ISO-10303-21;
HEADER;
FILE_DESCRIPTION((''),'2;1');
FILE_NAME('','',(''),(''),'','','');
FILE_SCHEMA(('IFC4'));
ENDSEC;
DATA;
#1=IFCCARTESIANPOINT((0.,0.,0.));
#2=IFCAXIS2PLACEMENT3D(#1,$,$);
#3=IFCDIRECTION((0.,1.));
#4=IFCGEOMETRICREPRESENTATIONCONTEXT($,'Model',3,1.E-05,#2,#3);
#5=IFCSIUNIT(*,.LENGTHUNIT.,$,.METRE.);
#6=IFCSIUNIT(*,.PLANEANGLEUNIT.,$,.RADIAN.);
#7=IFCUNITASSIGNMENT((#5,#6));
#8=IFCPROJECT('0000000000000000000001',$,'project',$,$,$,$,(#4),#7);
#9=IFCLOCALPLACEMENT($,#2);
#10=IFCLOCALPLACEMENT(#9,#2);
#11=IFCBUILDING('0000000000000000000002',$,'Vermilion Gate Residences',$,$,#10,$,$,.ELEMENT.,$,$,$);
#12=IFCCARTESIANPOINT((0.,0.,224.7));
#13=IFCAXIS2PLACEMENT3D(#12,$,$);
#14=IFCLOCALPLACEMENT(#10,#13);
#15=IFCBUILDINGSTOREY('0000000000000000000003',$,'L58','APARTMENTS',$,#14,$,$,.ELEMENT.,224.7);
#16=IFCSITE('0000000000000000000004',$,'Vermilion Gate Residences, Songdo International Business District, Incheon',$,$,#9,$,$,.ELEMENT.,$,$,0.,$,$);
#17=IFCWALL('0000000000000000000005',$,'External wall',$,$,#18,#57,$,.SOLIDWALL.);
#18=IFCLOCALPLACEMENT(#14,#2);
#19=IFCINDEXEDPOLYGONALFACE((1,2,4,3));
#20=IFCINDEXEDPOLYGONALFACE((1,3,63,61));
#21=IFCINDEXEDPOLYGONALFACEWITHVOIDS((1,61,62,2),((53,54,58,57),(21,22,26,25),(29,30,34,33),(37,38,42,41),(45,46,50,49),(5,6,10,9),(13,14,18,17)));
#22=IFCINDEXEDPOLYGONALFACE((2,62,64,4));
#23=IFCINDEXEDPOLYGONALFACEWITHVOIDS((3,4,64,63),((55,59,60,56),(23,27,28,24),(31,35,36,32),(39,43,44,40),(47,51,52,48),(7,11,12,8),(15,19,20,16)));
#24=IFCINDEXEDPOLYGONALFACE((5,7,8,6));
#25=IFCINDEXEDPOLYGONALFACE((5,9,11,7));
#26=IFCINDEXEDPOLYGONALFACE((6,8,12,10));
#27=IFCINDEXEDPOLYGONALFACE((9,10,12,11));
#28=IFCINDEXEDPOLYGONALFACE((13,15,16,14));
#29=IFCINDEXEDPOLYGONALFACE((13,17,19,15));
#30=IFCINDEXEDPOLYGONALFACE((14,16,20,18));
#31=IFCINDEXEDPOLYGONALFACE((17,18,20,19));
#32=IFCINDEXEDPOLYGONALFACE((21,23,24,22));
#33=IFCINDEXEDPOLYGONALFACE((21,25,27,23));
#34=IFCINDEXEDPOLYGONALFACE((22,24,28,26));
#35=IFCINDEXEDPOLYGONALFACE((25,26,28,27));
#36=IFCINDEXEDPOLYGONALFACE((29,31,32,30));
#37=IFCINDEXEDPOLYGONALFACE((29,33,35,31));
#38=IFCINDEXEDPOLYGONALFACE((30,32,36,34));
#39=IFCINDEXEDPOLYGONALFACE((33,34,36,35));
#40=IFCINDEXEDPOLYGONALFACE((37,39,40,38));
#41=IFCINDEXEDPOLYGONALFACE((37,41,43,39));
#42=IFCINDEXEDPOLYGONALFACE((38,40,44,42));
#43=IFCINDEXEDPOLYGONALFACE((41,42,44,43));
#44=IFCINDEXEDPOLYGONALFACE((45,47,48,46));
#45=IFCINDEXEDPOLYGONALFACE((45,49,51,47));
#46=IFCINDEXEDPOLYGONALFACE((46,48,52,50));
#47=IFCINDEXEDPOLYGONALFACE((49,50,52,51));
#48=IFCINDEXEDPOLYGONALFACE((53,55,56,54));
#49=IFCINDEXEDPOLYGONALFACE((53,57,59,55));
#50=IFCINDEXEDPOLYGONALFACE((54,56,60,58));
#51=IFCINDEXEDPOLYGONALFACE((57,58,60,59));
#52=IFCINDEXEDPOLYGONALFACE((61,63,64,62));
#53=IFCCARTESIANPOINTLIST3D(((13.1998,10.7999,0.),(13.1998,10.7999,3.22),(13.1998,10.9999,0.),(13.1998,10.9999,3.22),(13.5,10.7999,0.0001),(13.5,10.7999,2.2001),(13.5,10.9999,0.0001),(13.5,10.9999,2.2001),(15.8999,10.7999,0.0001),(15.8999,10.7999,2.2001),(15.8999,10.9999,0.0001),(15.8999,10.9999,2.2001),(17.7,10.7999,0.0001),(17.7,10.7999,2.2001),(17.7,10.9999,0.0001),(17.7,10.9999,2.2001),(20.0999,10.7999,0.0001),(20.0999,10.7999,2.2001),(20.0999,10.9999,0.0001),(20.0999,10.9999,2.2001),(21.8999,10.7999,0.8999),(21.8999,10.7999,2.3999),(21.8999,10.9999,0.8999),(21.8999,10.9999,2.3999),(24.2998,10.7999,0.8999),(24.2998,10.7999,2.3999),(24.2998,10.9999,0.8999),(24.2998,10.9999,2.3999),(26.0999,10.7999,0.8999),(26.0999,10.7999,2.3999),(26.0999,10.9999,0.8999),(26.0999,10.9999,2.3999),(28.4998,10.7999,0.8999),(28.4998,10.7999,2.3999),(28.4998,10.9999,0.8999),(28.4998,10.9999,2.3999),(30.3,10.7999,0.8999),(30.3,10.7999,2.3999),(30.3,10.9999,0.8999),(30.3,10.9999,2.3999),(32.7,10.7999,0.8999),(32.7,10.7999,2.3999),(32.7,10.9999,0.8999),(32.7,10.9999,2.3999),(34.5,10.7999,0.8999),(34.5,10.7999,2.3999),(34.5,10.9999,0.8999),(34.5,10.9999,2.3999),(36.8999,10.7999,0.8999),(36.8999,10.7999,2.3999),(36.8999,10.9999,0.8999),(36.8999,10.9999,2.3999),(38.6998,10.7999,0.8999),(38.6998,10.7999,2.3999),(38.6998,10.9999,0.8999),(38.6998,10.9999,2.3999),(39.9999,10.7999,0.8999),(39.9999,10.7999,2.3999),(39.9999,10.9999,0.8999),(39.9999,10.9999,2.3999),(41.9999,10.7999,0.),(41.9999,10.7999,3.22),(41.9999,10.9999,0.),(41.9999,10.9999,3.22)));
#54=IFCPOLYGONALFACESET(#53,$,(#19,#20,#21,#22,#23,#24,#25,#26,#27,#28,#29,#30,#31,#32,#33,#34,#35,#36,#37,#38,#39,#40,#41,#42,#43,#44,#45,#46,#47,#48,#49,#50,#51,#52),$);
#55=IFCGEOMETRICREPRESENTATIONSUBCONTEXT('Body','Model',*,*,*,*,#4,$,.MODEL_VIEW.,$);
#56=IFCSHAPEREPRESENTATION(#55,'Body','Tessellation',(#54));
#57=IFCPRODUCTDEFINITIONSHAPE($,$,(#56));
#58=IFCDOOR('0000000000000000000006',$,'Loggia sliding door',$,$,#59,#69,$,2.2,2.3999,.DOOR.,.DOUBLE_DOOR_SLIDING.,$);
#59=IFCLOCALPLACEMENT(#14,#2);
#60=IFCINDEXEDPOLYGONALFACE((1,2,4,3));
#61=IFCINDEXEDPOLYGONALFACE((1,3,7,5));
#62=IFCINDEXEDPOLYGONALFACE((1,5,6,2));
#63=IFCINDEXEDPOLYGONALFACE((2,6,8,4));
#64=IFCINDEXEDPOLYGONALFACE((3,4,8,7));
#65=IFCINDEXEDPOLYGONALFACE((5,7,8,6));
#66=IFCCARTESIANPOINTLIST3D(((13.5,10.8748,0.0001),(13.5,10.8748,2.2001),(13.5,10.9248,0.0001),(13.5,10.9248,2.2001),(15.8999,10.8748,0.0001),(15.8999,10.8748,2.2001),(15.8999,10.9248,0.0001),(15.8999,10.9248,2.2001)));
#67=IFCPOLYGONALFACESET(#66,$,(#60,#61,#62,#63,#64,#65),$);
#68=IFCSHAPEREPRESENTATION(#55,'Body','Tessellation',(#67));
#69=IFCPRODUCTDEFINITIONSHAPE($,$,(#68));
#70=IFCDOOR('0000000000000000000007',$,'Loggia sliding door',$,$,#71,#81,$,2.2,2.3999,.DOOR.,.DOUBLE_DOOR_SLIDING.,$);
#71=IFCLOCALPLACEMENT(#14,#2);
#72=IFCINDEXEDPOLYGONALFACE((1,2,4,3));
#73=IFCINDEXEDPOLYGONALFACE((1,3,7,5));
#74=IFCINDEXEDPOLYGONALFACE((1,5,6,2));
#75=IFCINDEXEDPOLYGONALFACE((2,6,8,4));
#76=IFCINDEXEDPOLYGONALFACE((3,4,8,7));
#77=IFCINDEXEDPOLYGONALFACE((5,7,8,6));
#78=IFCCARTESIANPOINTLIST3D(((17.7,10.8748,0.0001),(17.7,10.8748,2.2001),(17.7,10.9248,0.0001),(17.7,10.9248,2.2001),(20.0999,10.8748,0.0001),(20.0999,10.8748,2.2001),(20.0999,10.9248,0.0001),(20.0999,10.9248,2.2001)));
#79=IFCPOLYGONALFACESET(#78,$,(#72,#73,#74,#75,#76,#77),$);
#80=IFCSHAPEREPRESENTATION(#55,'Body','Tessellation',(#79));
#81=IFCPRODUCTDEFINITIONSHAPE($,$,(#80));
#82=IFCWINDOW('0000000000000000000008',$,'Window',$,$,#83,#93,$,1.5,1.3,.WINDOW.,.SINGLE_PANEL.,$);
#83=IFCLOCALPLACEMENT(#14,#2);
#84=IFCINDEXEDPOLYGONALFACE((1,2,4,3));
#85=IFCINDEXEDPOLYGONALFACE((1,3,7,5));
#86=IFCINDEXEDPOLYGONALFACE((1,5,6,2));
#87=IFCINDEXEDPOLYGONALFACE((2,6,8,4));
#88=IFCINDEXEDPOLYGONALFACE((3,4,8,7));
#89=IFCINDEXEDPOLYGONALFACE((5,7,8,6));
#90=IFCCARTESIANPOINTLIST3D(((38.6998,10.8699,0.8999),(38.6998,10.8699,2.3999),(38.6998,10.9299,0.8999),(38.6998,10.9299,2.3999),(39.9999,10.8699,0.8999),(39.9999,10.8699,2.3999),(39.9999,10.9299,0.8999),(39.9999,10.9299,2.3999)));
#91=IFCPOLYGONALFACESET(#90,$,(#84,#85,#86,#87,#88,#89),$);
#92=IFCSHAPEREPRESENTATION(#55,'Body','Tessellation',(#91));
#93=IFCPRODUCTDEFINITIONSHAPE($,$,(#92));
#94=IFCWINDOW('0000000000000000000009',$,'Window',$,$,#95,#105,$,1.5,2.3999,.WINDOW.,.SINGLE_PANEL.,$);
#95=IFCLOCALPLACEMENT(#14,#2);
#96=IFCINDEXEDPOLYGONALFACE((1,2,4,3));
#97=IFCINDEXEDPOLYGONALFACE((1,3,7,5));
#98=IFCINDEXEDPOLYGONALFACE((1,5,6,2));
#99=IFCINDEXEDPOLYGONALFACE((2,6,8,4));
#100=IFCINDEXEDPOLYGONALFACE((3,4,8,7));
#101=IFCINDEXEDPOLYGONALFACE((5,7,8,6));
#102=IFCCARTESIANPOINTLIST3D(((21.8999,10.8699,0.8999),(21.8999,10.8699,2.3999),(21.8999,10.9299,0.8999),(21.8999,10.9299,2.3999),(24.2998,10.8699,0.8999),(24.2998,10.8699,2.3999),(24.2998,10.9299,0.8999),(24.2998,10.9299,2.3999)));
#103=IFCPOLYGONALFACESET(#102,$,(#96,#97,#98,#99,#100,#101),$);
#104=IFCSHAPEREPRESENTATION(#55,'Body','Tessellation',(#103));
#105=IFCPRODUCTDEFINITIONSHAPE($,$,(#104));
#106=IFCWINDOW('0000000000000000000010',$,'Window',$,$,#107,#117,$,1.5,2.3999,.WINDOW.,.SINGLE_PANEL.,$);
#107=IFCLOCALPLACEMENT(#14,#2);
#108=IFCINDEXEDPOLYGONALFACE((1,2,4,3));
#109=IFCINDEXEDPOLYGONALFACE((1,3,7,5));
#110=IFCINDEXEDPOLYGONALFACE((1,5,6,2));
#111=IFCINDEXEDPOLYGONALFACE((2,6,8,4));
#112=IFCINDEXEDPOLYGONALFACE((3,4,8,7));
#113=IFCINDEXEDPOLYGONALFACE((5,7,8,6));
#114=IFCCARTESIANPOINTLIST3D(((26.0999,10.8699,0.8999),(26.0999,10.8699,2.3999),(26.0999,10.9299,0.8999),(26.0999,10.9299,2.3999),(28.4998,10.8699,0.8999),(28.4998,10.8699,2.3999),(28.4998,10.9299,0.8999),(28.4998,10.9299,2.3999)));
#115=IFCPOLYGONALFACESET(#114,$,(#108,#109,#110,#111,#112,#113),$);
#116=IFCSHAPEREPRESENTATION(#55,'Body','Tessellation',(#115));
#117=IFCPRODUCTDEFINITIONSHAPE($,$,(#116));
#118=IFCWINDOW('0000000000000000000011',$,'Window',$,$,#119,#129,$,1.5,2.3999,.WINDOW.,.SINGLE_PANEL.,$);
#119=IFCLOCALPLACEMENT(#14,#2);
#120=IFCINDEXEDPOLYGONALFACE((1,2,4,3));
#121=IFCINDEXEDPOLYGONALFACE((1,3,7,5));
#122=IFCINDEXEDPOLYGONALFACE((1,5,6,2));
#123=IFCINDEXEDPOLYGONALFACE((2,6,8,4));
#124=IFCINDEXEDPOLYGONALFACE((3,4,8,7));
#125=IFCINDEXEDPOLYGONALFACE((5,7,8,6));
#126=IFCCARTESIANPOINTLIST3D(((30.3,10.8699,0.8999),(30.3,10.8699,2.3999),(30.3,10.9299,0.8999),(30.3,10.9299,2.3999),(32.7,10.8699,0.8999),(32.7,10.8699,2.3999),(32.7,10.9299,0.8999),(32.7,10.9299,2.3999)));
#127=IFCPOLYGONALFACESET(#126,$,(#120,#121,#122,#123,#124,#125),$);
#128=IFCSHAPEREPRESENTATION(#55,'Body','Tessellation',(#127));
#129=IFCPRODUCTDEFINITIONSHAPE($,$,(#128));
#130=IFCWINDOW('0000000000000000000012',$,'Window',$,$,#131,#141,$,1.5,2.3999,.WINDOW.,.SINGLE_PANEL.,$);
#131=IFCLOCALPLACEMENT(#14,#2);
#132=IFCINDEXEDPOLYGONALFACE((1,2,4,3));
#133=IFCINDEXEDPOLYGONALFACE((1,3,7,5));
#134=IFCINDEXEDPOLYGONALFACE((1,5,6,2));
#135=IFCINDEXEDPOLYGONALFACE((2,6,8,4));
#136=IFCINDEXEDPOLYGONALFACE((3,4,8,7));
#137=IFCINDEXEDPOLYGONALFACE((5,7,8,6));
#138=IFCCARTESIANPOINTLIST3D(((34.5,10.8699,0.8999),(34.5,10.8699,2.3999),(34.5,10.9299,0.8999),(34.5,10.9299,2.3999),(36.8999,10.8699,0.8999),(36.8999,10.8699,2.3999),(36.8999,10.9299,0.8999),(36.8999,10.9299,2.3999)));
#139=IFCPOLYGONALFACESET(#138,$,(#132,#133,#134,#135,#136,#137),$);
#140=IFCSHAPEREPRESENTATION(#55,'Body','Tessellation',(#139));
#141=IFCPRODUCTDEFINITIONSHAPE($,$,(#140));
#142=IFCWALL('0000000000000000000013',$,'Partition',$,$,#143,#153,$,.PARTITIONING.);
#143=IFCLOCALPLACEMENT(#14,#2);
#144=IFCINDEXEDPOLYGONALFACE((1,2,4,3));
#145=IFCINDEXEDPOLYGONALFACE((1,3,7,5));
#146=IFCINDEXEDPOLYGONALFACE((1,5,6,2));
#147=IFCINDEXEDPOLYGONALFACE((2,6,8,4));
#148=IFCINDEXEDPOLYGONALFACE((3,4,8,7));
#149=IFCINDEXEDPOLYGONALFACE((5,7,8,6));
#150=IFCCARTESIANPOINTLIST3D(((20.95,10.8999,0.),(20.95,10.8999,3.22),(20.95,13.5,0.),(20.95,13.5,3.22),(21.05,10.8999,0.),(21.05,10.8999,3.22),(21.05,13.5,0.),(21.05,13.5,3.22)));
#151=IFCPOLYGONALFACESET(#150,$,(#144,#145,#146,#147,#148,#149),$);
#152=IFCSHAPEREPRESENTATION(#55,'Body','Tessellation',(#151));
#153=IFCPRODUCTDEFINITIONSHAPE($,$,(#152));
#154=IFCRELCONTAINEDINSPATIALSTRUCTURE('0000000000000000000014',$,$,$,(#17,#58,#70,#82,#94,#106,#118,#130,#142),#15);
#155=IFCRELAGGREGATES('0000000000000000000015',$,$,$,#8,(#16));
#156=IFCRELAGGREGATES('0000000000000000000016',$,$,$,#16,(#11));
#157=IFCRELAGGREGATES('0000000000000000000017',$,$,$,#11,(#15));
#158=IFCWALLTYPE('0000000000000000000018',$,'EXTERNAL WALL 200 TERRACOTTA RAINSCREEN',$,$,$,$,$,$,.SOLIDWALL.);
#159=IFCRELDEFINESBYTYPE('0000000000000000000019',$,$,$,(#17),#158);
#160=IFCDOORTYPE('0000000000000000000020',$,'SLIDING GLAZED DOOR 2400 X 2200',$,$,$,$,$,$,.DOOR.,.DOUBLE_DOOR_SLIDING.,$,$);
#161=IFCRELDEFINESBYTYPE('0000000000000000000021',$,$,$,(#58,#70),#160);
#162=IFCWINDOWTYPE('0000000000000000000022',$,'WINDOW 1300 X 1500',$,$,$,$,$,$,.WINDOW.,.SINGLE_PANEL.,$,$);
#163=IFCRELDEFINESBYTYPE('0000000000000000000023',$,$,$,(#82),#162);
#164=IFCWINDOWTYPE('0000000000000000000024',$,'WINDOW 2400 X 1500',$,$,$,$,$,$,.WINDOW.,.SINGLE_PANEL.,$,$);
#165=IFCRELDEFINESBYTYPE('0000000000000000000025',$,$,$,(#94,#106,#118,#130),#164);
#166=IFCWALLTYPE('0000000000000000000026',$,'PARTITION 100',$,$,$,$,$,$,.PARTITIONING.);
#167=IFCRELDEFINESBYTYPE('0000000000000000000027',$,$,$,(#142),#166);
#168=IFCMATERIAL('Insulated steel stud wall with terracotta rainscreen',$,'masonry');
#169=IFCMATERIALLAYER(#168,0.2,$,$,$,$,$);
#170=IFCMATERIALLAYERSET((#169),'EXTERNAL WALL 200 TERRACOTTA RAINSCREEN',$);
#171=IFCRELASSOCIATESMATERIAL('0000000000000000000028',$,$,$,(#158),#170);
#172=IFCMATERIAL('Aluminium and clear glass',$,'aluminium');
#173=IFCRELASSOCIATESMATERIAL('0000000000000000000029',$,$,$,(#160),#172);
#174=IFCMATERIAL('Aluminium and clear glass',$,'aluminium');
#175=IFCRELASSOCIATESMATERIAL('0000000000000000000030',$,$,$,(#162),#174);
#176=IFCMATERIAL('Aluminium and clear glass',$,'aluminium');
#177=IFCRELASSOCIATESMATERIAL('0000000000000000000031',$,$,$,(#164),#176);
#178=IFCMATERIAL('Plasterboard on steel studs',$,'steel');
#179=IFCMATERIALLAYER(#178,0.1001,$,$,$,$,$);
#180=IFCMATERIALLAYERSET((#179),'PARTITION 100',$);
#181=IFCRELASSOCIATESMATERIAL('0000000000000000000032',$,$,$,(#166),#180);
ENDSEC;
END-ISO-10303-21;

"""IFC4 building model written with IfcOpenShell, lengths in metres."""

from ifc_helpers import new_model, si_unit, direction, frame, frame_2d, origin, place, context, subcontext, project, spatial, rectangle, extrude, material, layer, layer_set, type_object, element, fill, save


model = new_model("IFC4")

# Units and contexts
model_context = context("Model", 3, precision=1e-05, world=origin(), true_north=direction((0.0, 1.0)))
body_context = subcontext(model_context, "Body", "Model", "MODEL_VIEW")
ifc_project = project(units=[si_unit("LENGTHUNIT", "METRE"), si_unit("PLANEANGLEUNIT", "RADIAN")], contexts=[model_context])

# Site, building, storey
site_placement = place(None, origin())
site = spatial("IfcSite", under=ifc_project, at=site_placement, Name="Vermilion Gate Residences, Songdo International Business District, Incheon", CompositionType="ELEMENT", RefElevation=0.0)
building_placement = place(site_placement, origin())
building = spatial("IfcBuilding", under=site, at=building_placement, Name="Vermilion Gate Residences", CompositionType="ELEMENT")
storey_placement = place(building_placement, frame((0.0, 0.0, 224.7)))
storey = spatial("IfcBuildingStorey", under=building, at=storey_placement, Name="L58", Description="APARTMENTS", CompositionType="ELEMENT", Elevation=224.7)

# Shared definitions
ifc_material_1 = material(Name="Insulated steel stud wall with terracotta rainscreen", Category="masonry")
ifc_layer_1 = layer(ifc_material_1, 0.2)
ifc_layer_set_1 = layer_set([ifc_layer_1], Name="EXTERNAL WALL 200 TERRACOTTA RAINSCREEN")
wall_type_1 = type_object("IfcWallType", Name="EXTERNAL WALL 200 TERRACOTTA RAINSCREEN", PredefinedType="SOLIDWALL", material=ifc_layer_set_1)

# Wall, openings, doors, windows
wall_1_placement = place(storey_placement, frame((13.2, 10.8999, 0.0), z_axis=(0.0, 0.0, 1.0), x_axis=(1.0, 0.0, 0.0)))
wall_1 = element("IfcWall", 1, at=wall_1_placement, inside=storey, type_object=wall_type_1, Name="External wall", PredefinedType="SOLIDWALL", context=body_context, shape_type="SweptSolid", body=[
    extrude(rectangle(XDim=28.8, YDim=0.2, at=frame_2d((14.3999, 0.0))), origin(), (0.0, 0.0, 1.0), 3.22),
])
opening_1_placement = place(wall_1_placement, frame((0.3, 0.0, 0.0)))
opening_1 = element("IfcOpeningElement", 2, at=opening_1_placement, cuts=wall_1, PredefinedType="OPENING", context=body_context, shape_type="SweptSolid", body=[
    extrude(rectangle(XDim=2.3999, YDim=2.2, at=frame_2d((1.2, 1.1001))), frame((0.0, 0.1099, 0.0), z_axis=(0.0, -1.0, 0.0), x_axis=(1.0, 0.0, 0.0)), (0.0, 0.0, 1.0), 0.22),
])
opening_2_placement = place(wall_1_placement, frame((4.5, 0.0, 0.0)))
opening_2 = element("IfcOpeningElement", 3, at=opening_2_placement, cuts=wall_1, PredefinedType="OPENING", context=body_context, shape_type="SweptSolid", body=[
    extrude(rectangle(XDim=2.3999, YDim=2.2, at=frame_2d((1.2, 1.1001))), frame((0.0, 0.1099, 0.0), z_axis=(0.0, -1.0, 0.0), x_axis=(1.0, 0.0, 0.0)), (0.0, 0.0, 1.0), 0.22),
])
opening_3_placement = place(wall_1_placement, frame((8.7, 0.0, 0.8999)))
opening_3 = element("IfcOpeningElement", 4, at=opening_3_placement, cuts=wall_1, PredefinedType="OPENING", context=body_context, shape_type="SweptSolid", body=[
    extrude(rectangle(XDim=2.3999, YDim=1.5, at=frame_2d((1.2, 0.75))), frame((0.0, 0.1099, 0.0), z_axis=(0.0, -1.0, 0.0), x_axis=(1.0, 0.0, 0.0)), (0.0, 0.0, 1.0), 0.22),
])
opening_4_placement = place(wall_1_placement, frame((12.8999, 0.0, 0.8999)))
opening_4 = element("IfcOpeningElement", 5, at=opening_4_placement, cuts=wall_1, PredefinedType="OPENING", context=body_context, shape_type="SweptSolid", body=[
    extrude(rectangle(XDim=2.3999, YDim=1.5, at=frame_2d((1.2, 0.75))), frame((0.0, 0.1099, 0.0), z_axis=(0.0, -1.0, 0.0), x_axis=(1.0, 0.0, 0.0)), (0.0, 0.0, 1.0), 0.22),
])
opening_5_placement = place(wall_1_placement, frame((17.1001, 0.0, 0.8999)))
opening_5 = element("IfcOpeningElement", 6, at=opening_5_placement, cuts=wall_1, PredefinedType="OPENING", context=body_context, shape_type="SweptSolid", body=[
    extrude(rectangle(XDim=2.3999, YDim=1.5, at=frame_2d((1.2, 0.75))), frame((0.0, 0.1099, 0.0), z_axis=(0.0, -1.0, 0.0), x_axis=(1.0, 0.0, 0.0)), (0.0, 0.0, 1.0), 0.22),
])
opening_6_placement = place(wall_1_placement, frame((21.3, 0.0, 0.8999)))
opening_6 = element("IfcOpeningElement", 7, at=opening_6_placement, cuts=wall_1, PredefinedType="OPENING", context=body_context, shape_type="SweptSolid", body=[
    extrude(rectangle(XDim=2.3999, YDim=1.5, at=frame_2d((1.2, 0.75))), frame((0.0, 0.1099, 0.0), z_axis=(0.0, -1.0, 0.0), x_axis=(1.0, 0.0, 0.0)), (0.0, 0.0, 1.0), 0.22),
])
opening_7_placement = place(wall_1_placement, frame((25.5, 0.0, 0.8999)))
opening_7 = element("IfcOpeningElement", 8, at=opening_7_placement, cuts=wall_1, PredefinedType="OPENING", context=body_context, shape_type="SweptSolid", body=[
    extrude(rectangle(XDim=1.3, YDim=1.5, at=frame_2d((0.6499, 0.75))), frame((0.0, 0.1099, 0.0), z_axis=(0.0, -1.0, 0.0), x_axis=(1.0, 0.0, 0.0)), (0.0, 0.0, 1.0), 0.22),
])
ifc_material_2 = material(Name="Aluminium and clear glass", Category="aluminium")
door_type_1 = type_object("IfcDoorType", Name="SLIDING GLAZED DOOR 2400 X 2200", OperationType="DOUBLE_DOOR_SLIDING", PredefinedType="DOOR", material=ifc_material_2)
door_1_placement = place(opening_1_placement, origin())
door_1 = element("IfcDoor", 9, at=door_1_placement, inside=storey, type_object=door_type_1, Name="Loggia sliding door", OperationType="DOUBLE_DOOR_SLIDING", OverallHeight=2.2, OverallWidth=2.3999, PredefinedType="DOOR", context=body_context, shape_type="SweptSolid", body=[
    extrude(rectangle(XDim=2.3999, YDim=2.2, at=frame_2d((1.2, 1.1001))), frame((0.0, 0.0249, 0.0), z_axis=(0.0, -1.0, 0.0), x_axis=(1.0, 0.0, 0.0)), (0.0, 0.0, 1.0), 0.05),
])
fill(opening_1, door_1)
door_2_placement = place(opening_2_placement, origin())
door_2 = element("IfcDoor", 10, at=door_2_placement, inside=storey, type_object=door_type_1, Name="Loggia sliding door", OperationType="DOUBLE_DOOR_SLIDING", OverallHeight=2.2, OverallWidth=2.3999, PredefinedType="DOOR", context=body_context, shape_type="SweptSolid", body=[
    extrude(rectangle(XDim=2.3999, YDim=2.2, at=frame_2d((1.2, 1.1001))), frame((0.0, 0.0249, 0.0), z_axis=(0.0, -1.0, 0.0), x_axis=(1.0, 0.0, 0.0)), (0.0, 0.0, 1.0), 0.05),
])
fill(opening_2, door_2)
ifc_material_3 = material(Name="Aluminium and clear glass", Category="aluminium")
window_type_1 = type_object("IfcWindowType", Name="WINDOW 1300 X 1500", PartitioningType="SINGLE_PANEL", PredefinedType="WINDOW", material=ifc_material_3)
window_1_placement = place(opening_7_placement, origin())
window_1 = element("IfcWindow", 11, at=window_1_placement, inside=storey, type_object=window_type_1, Name="Window", OverallHeight=1.5, OverallWidth=1.3, PartitioningType="SINGLE_PANEL", PredefinedType="WINDOW", context=body_context, shape_type="SweptSolid", body=[
    extrude(rectangle(XDim=1.3, YDim=1.5, at=frame_2d((0.6499, 0.75))), frame((0.0, 0.03, 0.0), z_axis=(0.0, -1.0, 0.0), x_axis=(1.0, 0.0, 0.0)), (0.0, 0.0, 1.0), 0.0601),
])
fill(opening_7, window_1)
ifc_material_4 = material(Name="Aluminium and clear glass", Category="aluminium")
window_type_2 = type_object("IfcWindowType", Name="WINDOW 2400 X 1500", PartitioningType="SINGLE_PANEL", PredefinedType="WINDOW", material=ifc_material_4)
window_2_placement = place(opening_3_placement, origin())
window_2 = element("IfcWindow", 12, at=window_2_placement, inside=storey, type_object=window_type_2, Name="Window", OverallHeight=1.5, OverallWidth=2.3999, PartitioningType="SINGLE_PANEL", PredefinedType="WINDOW", context=body_context, shape_type="SweptSolid", body=[
    extrude(rectangle(XDim=2.3999, YDim=1.5, at=frame_2d((1.2, 0.75))), frame((0.0, 0.03, 0.0), z_axis=(0.0, -1.0, 0.0), x_axis=(1.0, 0.0, 0.0)), (0.0, 0.0, 1.0), 0.0601),
])
fill(opening_3, window_2)
window_3_placement = place(opening_4_placement, origin())
window_3 = element("IfcWindow", 13, at=window_3_placement, inside=storey, type_object=window_type_2, Name="Window", OverallHeight=1.5, OverallWidth=2.3999, PartitioningType="SINGLE_PANEL", PredefinedType="WINDOW", context=body_context, shape_type="SweptSolid", body=[
    extrude(rectangle(XDim=2.3999, YDim=1.5, at=frame_2d((1.2, 0.75))), frame((0.0, 0.03, 0.0), z_axis=(0.0, -1.0, 0.0), x_axis=(1.0, 0.0, 0.0)), (0.0, 0.0, 1.0), 0.0601),
])
fill(opening_4, window_3)
window_4_placement = place(opening_5_placement, origin())
window_4 = element("IfcWindow", 14, at=window_4_placement, inside=storey, type_object=window_type_2, Name="Window", OverallHeight=1.5, OverallWidth=2.3999, PartitioningType="SINGLE_PANEL", PredefinedType="WINDOW", context=body_context, shape_type="SweptSolid", body=[
    extrude(rectangle(XDim=2.3999, YDim=1.5, at=frame_2d((1.2, 0.75))), frame((0.0, 0.03, 0.0), z_axis=(0.0, -1.0, 0.0), x_axis=(1.0, 0.0, 0.0)), (0.0, 0.0, 1.0), 0.0601),
])
fill(opening_5, window_4)
window_5_placement = place(opening_6_placement, origin())
window_5 = element("IfcWindow", 15, at=window_5_placement, inside=storey, type_object=window_type_2, Name="Window", OverallHeight=1.5, OverallWidth=2.3999, PartitioningType="SINGLE_PANEL", PredefinedType="WINDOW", context=body_context, shape_type="SweptSolid", body=[
    extrude(rectangle(XDim=2.3999, YDim=1.5, at=frame_2d((1.2, 0.75))), frame((0.0, 0.03, 0.0), z_axis=(0.0, -1.0, 0.0), x_axis=(1.0, 0.0, 0.0)), (0.0, 0.0, 1.0), 0.0601),
])
fill(opening_6, window_5)

# Wall
ifc_material_5 = material(Name="Plasterboard on steel studs", Category="steel")
ifc_layer_2 = layer(ifc_material_5, 0.1001)
ifc_layer_set_2 = layer_set([ifc_layer_2], Name="PARTITION 100")
wall_type_2 = type_object("IfcWallType", Name="PARTITION 100", PredefinedType="PARTITIONING", material=ifc_layer_set_2)
wall_2_placement = place(storey_placement, frame((21.0, 10.8999, 0.0), z_axis=(0.0, 0.0, 1.0), x_axis=(0.0, 1.0, 0.0)))
element("IfcWall", 16, at=wall_2_placement, inside=storey, type_object=wall_type_2, Name="Partition", PredefinedType="PARTITIONING", context=body_context, shape_type="SweptSolid", body=[
    extrude(rectangle(XDim=2.6001, YDim=0.1001, at=frame_2d((1.3, 0.0))), origin(), (0.0, 0.0, 1.0), 3.22),
])

save(model, "model.ifc")
